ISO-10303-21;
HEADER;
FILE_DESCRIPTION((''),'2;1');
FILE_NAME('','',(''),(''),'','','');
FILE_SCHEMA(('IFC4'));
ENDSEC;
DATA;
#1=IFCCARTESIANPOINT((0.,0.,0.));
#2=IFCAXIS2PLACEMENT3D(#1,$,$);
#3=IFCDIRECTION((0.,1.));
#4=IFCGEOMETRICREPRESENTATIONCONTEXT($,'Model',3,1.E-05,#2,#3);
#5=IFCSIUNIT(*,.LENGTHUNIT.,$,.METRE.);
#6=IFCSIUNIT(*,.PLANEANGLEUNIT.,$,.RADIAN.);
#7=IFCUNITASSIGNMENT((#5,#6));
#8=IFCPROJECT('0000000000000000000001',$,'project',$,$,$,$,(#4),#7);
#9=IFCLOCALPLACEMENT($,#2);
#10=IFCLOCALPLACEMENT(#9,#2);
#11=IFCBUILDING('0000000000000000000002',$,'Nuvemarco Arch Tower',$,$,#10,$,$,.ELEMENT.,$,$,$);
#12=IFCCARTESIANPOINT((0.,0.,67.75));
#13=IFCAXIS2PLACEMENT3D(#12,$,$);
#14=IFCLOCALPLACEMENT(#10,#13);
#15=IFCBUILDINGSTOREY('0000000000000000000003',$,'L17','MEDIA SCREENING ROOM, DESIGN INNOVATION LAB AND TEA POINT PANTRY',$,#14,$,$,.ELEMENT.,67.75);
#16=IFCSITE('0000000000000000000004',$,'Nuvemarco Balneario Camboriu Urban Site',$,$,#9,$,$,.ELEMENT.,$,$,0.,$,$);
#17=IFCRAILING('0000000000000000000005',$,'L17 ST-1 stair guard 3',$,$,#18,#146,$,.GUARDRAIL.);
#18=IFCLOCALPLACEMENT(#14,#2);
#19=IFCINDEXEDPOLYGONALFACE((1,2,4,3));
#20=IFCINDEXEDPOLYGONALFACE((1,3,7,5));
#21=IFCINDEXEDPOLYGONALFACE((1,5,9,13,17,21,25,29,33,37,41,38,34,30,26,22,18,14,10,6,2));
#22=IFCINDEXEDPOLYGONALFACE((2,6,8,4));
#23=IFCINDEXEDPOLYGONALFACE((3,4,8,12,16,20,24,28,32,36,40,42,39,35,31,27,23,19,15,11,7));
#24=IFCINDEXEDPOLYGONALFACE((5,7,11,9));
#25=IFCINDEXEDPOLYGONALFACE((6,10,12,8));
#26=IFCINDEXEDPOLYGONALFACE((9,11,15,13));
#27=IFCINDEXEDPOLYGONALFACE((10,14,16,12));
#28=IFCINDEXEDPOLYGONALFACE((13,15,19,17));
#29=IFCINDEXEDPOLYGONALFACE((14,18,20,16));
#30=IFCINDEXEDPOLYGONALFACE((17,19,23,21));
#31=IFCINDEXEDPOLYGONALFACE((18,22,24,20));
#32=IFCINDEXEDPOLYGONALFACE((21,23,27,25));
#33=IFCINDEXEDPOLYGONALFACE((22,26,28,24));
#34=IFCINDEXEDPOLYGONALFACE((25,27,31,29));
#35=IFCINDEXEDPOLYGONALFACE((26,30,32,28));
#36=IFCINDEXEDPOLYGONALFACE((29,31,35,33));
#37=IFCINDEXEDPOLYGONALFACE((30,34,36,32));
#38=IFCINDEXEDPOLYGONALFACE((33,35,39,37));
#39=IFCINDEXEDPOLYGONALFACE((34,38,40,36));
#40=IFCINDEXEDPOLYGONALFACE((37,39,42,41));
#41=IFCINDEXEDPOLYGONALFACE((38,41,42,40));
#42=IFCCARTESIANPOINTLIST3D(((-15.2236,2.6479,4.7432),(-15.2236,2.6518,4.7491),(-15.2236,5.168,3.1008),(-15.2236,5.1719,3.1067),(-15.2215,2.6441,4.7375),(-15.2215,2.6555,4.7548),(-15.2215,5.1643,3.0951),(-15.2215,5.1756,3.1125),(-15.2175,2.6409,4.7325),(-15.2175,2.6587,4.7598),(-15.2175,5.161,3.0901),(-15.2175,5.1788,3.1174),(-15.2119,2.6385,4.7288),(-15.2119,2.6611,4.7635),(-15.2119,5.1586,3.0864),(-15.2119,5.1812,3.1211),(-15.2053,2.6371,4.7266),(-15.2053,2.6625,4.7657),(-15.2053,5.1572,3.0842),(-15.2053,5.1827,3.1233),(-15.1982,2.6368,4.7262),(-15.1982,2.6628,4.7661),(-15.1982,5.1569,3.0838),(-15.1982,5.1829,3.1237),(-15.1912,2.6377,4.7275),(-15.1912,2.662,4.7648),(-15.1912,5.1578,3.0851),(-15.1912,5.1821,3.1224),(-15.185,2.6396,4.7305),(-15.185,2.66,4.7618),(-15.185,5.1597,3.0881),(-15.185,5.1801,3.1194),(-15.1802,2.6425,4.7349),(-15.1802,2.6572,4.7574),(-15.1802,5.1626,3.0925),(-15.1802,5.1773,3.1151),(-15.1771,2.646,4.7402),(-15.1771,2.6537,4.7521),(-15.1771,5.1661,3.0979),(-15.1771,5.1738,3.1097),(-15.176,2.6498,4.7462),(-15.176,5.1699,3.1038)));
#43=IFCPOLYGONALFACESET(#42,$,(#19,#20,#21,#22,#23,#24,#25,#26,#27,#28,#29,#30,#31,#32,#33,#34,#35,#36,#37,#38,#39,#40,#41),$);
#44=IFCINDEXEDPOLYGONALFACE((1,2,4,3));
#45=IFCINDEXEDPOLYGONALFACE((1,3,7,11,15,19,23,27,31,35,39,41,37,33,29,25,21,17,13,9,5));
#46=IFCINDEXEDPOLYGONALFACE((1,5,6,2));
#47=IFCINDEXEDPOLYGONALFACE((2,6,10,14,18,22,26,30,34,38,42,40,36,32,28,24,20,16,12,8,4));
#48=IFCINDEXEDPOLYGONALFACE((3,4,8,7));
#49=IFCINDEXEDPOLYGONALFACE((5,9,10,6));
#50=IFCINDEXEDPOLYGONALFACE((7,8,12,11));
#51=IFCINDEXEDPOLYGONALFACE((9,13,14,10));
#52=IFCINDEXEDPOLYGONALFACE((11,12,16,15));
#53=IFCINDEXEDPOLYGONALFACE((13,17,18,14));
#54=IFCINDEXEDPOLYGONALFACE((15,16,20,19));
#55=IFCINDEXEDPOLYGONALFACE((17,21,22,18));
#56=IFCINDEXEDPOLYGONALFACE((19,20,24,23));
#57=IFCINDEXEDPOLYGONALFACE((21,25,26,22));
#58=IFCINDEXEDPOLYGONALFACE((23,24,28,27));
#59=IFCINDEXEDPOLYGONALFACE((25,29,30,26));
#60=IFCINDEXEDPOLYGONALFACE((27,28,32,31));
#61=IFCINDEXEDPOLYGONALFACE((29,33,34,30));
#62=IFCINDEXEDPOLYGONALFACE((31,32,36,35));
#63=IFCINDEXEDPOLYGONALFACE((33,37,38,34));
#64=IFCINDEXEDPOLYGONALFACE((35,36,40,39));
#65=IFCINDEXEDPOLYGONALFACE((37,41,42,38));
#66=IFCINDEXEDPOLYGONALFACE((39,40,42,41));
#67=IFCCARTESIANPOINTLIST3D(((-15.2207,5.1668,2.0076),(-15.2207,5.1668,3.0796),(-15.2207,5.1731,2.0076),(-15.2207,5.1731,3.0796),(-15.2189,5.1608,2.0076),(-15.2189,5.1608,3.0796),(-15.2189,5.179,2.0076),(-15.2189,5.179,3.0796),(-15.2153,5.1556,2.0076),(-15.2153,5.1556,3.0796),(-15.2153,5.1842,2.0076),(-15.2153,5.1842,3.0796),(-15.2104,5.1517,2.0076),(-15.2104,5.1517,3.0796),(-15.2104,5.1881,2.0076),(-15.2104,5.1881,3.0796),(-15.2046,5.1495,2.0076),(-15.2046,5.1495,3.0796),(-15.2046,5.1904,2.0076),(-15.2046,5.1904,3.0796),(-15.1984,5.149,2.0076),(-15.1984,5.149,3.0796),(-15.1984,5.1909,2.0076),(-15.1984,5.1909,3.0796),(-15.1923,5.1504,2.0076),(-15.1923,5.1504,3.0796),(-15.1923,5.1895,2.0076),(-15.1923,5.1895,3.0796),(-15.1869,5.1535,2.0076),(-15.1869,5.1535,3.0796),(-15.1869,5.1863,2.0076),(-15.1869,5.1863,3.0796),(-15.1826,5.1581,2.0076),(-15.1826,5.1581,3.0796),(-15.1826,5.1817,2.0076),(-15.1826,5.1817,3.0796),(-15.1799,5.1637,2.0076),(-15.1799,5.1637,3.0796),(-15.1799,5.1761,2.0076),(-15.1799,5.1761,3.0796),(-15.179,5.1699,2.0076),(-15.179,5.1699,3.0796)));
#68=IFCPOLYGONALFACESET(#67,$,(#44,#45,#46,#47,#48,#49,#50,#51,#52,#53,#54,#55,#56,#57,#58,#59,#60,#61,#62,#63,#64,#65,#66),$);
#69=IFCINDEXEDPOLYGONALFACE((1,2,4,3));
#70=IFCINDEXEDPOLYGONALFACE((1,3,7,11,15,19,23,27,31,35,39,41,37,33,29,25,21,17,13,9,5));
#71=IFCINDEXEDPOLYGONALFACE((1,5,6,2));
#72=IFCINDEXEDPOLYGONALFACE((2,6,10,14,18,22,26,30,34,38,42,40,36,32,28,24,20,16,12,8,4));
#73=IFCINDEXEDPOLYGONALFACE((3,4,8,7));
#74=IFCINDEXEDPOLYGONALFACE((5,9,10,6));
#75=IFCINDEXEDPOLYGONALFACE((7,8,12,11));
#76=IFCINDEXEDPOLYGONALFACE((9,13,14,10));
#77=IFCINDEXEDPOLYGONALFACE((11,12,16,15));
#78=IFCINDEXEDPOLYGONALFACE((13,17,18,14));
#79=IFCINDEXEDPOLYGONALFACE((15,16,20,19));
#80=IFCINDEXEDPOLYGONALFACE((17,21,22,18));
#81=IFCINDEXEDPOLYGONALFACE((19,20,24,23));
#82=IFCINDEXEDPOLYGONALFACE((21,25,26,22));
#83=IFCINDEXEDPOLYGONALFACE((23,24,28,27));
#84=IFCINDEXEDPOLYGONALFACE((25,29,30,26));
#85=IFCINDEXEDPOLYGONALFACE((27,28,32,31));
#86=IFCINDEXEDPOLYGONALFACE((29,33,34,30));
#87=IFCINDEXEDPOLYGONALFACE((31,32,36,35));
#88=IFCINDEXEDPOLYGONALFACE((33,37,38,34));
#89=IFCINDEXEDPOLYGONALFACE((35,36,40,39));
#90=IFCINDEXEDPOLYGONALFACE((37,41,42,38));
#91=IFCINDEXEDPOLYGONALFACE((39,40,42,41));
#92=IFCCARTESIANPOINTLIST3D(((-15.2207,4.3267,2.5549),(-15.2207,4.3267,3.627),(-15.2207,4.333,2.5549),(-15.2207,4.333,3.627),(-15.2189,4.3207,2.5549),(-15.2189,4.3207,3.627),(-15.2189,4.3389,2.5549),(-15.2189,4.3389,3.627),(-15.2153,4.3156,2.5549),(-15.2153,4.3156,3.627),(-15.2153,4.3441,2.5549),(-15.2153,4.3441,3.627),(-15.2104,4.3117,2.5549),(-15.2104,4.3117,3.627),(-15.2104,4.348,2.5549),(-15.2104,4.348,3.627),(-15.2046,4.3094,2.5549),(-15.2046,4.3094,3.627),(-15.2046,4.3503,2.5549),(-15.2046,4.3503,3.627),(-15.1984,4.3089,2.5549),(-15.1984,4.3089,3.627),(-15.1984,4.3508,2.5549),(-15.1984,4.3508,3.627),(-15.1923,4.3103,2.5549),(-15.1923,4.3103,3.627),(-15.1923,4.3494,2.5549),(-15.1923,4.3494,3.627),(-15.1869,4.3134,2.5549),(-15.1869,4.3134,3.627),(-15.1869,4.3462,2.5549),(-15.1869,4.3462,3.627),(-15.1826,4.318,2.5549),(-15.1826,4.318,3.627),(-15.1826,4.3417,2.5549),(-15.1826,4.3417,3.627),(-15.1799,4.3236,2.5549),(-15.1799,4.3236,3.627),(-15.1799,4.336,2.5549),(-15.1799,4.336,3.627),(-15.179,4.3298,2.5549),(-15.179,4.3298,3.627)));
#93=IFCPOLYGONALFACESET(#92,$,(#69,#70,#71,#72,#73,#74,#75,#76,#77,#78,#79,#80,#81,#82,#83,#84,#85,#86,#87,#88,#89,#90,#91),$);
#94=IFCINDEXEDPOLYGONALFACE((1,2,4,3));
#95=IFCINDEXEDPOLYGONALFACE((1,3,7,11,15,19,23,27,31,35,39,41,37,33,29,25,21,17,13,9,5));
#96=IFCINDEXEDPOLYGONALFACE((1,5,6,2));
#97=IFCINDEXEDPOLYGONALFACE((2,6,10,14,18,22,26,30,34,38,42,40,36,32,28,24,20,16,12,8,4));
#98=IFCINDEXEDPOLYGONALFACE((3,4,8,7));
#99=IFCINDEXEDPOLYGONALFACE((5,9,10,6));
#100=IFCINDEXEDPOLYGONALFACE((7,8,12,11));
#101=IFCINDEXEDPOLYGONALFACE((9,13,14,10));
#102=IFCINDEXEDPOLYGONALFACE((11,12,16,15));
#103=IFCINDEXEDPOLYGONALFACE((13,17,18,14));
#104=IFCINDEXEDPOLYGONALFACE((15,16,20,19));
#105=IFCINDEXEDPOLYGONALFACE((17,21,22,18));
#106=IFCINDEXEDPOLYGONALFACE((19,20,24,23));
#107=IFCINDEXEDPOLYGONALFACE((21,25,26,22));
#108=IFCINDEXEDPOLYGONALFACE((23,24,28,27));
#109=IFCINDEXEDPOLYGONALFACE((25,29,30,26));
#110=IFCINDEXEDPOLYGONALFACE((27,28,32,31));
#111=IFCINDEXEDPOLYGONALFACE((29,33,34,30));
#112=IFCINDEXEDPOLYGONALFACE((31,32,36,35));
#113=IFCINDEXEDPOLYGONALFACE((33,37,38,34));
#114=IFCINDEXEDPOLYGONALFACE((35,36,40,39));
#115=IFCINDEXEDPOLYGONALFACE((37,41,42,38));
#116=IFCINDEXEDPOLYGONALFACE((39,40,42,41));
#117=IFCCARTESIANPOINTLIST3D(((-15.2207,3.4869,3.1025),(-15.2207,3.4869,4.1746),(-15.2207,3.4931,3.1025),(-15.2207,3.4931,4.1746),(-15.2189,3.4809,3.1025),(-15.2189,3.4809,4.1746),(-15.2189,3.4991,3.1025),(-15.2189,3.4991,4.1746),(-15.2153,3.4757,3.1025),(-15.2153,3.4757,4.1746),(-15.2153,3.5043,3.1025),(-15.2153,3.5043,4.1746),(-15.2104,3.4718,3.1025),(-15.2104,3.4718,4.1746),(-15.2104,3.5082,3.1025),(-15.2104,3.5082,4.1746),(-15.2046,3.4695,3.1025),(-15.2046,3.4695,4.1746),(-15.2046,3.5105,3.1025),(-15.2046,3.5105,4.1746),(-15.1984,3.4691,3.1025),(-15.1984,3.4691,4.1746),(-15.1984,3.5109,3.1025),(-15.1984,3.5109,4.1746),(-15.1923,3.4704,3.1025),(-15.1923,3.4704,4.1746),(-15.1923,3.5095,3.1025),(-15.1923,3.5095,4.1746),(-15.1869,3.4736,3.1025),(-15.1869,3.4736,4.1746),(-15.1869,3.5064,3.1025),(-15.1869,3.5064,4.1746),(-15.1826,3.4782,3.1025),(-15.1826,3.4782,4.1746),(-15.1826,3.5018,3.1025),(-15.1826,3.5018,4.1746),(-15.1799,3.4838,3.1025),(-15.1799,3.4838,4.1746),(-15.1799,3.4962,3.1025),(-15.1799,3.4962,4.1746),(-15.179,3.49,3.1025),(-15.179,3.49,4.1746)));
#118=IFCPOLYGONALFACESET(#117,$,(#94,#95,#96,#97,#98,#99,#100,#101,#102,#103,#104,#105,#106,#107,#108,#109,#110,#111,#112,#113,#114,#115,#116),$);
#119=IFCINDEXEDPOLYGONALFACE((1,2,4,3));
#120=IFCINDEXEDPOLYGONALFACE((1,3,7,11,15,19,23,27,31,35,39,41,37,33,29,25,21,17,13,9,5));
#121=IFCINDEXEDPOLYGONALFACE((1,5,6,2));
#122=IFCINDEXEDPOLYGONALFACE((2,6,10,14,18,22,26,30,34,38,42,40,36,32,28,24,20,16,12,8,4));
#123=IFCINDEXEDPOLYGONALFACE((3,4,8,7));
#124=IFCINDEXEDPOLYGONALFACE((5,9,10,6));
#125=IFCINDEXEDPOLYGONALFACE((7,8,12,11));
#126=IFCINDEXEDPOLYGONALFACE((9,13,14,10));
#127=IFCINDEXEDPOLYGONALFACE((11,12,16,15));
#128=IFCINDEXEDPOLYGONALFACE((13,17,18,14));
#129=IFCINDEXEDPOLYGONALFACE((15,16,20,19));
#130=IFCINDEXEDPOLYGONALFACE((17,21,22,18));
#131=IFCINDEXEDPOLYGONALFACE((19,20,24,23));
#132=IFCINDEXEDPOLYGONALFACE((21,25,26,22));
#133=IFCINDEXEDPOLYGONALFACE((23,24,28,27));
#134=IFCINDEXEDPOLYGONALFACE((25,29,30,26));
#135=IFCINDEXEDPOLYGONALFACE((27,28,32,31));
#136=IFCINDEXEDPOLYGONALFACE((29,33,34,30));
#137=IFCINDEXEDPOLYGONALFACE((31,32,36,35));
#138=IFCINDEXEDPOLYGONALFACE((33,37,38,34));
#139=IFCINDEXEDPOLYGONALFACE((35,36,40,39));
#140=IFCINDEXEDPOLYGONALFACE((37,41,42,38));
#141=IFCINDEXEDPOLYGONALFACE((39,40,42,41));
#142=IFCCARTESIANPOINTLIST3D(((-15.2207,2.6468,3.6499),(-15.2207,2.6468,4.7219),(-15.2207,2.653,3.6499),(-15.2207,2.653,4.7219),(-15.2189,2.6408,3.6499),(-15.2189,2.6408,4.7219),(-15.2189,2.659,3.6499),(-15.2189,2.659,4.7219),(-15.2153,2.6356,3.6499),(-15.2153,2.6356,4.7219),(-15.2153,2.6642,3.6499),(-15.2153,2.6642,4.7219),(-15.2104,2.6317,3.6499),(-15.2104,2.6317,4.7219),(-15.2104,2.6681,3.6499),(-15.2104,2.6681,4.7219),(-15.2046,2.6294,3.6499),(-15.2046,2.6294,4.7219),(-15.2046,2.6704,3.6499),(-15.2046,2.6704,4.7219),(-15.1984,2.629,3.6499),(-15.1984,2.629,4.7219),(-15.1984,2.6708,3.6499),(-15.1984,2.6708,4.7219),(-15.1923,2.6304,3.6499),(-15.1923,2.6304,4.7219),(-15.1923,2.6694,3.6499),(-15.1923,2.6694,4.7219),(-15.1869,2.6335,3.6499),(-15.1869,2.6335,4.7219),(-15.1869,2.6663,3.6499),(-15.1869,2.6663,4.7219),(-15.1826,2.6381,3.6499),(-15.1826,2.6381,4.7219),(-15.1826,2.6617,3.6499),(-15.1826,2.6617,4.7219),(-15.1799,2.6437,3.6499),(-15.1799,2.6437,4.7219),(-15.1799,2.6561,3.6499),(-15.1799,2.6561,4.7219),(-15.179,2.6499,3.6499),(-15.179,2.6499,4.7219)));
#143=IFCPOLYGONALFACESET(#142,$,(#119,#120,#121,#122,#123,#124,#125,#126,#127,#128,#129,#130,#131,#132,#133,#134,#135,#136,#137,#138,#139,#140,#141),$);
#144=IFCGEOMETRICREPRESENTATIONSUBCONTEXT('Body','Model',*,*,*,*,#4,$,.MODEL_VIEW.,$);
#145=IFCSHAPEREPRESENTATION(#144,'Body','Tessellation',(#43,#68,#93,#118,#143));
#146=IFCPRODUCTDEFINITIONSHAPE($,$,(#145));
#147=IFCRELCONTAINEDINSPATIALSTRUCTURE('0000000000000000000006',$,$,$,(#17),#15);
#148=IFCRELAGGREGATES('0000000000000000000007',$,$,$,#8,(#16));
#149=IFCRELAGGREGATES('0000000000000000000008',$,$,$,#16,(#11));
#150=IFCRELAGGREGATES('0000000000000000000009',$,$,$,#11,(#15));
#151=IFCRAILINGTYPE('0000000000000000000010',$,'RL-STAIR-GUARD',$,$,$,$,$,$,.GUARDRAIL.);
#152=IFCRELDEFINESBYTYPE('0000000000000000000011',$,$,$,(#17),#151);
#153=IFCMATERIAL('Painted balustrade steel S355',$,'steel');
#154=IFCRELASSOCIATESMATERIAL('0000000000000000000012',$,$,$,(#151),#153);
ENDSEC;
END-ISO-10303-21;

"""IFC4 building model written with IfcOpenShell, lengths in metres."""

from ifc_helpers import new_model, si_unit, direction, frame, origin, origin_2d, place, context, subcontext, project, spatial, circle, extrude, material, type_object, element, save


model = new_model("IFC4")

# Units and contexts
model_context = context("Model", 3, precision=1e-05, world=origin(), true_north=direction((0.0, 1.0)))
body_context = subcontext(model_context, "Body", "Model", "MODEL_VIEW")
ifc_project = project(units=[si_unit("LENGTHUNIT", "METRE"), si_unit("PLANEANGLEUNIT", "RADIAN")], contexts=[model_context])

# Site, building, storey
site_placement = place(None, origin())
site = spatial("IfcSite", under=ifc_project, at=site_placement, Name="Nuvemarco Balneario Camboriu Urban Site", CompositionType="ELEMENT", RefElevation=0.0)
building_placement = place(site_placement, origin())
building = spatial("IfcBuilding", under=site, at=building_placement, Name="Nuvemarco Arch Tower", CompositionType="ELEMENT")
storey_placement = place(building_placement, frame((0.0, 0.0, 67.75)))
storey = spatial("IfcBuildingStorey", under=building, at=storey_placement, Name="L17", Description="MEDIA SCREENING ROOM, DESIGN INNOVATION LAB AND TEA POINT PANTRY", CompositionType="ELEMENT", Elevation=67.75)

# Railing
ifc_material_1 = material(Name="Painted balustrade steel S355", Category="steel")
railing_type_1 = type_object("IfcRailingType", Name="RL-STAIR-GUARD", PredefinedType="GUARDRAIL", material=ifc_material_1)
railing_1_placement = place(storey_placement, frame((-15.2, 5.1699, 2.0076)))
element("IfcRailing", 1, at=railing_1_placement, inside=storey, type_object=railing_type_1, Name="L17 ST-1 stair guard 3", PredefinedType="GUARDRAIL", context=body_context, shape_type="SweptSolid", body=[
    extrude(circle(Radius=0.0239, at=origin_2d()), frame((0.0, 0.0, 1.0962), z_axis=(0.0, -0.837787, 0.545998), x_axis=(1.0, 0.0, 0.0)), (0.0, 0.0, 1.0), 3.0081),
    extrude(circle(Radius=0.021, at=origin_2d()), origin(), (0.0, 0.0, 1.0), 1.072),
    extrude(circle(Radius=0.021, at=origin_2d()), frame((0.0, -0.8401, 0.5474)), (0.0, 0.0, 1.0), 1.072),
    extrude(circle(Radius=0.021, at=origin_2d()), frame((0.0, -1.6799, 1.095)), (0.0, 0.0, 1.0), 1.072),
    extrude(circle(Radius=0.021, at=origin_2d()), frame((0.0, -2.52, 1.6423)), (0.0, 0.0, 1.0), 1.072),
])

save(model, "model.ifc")
